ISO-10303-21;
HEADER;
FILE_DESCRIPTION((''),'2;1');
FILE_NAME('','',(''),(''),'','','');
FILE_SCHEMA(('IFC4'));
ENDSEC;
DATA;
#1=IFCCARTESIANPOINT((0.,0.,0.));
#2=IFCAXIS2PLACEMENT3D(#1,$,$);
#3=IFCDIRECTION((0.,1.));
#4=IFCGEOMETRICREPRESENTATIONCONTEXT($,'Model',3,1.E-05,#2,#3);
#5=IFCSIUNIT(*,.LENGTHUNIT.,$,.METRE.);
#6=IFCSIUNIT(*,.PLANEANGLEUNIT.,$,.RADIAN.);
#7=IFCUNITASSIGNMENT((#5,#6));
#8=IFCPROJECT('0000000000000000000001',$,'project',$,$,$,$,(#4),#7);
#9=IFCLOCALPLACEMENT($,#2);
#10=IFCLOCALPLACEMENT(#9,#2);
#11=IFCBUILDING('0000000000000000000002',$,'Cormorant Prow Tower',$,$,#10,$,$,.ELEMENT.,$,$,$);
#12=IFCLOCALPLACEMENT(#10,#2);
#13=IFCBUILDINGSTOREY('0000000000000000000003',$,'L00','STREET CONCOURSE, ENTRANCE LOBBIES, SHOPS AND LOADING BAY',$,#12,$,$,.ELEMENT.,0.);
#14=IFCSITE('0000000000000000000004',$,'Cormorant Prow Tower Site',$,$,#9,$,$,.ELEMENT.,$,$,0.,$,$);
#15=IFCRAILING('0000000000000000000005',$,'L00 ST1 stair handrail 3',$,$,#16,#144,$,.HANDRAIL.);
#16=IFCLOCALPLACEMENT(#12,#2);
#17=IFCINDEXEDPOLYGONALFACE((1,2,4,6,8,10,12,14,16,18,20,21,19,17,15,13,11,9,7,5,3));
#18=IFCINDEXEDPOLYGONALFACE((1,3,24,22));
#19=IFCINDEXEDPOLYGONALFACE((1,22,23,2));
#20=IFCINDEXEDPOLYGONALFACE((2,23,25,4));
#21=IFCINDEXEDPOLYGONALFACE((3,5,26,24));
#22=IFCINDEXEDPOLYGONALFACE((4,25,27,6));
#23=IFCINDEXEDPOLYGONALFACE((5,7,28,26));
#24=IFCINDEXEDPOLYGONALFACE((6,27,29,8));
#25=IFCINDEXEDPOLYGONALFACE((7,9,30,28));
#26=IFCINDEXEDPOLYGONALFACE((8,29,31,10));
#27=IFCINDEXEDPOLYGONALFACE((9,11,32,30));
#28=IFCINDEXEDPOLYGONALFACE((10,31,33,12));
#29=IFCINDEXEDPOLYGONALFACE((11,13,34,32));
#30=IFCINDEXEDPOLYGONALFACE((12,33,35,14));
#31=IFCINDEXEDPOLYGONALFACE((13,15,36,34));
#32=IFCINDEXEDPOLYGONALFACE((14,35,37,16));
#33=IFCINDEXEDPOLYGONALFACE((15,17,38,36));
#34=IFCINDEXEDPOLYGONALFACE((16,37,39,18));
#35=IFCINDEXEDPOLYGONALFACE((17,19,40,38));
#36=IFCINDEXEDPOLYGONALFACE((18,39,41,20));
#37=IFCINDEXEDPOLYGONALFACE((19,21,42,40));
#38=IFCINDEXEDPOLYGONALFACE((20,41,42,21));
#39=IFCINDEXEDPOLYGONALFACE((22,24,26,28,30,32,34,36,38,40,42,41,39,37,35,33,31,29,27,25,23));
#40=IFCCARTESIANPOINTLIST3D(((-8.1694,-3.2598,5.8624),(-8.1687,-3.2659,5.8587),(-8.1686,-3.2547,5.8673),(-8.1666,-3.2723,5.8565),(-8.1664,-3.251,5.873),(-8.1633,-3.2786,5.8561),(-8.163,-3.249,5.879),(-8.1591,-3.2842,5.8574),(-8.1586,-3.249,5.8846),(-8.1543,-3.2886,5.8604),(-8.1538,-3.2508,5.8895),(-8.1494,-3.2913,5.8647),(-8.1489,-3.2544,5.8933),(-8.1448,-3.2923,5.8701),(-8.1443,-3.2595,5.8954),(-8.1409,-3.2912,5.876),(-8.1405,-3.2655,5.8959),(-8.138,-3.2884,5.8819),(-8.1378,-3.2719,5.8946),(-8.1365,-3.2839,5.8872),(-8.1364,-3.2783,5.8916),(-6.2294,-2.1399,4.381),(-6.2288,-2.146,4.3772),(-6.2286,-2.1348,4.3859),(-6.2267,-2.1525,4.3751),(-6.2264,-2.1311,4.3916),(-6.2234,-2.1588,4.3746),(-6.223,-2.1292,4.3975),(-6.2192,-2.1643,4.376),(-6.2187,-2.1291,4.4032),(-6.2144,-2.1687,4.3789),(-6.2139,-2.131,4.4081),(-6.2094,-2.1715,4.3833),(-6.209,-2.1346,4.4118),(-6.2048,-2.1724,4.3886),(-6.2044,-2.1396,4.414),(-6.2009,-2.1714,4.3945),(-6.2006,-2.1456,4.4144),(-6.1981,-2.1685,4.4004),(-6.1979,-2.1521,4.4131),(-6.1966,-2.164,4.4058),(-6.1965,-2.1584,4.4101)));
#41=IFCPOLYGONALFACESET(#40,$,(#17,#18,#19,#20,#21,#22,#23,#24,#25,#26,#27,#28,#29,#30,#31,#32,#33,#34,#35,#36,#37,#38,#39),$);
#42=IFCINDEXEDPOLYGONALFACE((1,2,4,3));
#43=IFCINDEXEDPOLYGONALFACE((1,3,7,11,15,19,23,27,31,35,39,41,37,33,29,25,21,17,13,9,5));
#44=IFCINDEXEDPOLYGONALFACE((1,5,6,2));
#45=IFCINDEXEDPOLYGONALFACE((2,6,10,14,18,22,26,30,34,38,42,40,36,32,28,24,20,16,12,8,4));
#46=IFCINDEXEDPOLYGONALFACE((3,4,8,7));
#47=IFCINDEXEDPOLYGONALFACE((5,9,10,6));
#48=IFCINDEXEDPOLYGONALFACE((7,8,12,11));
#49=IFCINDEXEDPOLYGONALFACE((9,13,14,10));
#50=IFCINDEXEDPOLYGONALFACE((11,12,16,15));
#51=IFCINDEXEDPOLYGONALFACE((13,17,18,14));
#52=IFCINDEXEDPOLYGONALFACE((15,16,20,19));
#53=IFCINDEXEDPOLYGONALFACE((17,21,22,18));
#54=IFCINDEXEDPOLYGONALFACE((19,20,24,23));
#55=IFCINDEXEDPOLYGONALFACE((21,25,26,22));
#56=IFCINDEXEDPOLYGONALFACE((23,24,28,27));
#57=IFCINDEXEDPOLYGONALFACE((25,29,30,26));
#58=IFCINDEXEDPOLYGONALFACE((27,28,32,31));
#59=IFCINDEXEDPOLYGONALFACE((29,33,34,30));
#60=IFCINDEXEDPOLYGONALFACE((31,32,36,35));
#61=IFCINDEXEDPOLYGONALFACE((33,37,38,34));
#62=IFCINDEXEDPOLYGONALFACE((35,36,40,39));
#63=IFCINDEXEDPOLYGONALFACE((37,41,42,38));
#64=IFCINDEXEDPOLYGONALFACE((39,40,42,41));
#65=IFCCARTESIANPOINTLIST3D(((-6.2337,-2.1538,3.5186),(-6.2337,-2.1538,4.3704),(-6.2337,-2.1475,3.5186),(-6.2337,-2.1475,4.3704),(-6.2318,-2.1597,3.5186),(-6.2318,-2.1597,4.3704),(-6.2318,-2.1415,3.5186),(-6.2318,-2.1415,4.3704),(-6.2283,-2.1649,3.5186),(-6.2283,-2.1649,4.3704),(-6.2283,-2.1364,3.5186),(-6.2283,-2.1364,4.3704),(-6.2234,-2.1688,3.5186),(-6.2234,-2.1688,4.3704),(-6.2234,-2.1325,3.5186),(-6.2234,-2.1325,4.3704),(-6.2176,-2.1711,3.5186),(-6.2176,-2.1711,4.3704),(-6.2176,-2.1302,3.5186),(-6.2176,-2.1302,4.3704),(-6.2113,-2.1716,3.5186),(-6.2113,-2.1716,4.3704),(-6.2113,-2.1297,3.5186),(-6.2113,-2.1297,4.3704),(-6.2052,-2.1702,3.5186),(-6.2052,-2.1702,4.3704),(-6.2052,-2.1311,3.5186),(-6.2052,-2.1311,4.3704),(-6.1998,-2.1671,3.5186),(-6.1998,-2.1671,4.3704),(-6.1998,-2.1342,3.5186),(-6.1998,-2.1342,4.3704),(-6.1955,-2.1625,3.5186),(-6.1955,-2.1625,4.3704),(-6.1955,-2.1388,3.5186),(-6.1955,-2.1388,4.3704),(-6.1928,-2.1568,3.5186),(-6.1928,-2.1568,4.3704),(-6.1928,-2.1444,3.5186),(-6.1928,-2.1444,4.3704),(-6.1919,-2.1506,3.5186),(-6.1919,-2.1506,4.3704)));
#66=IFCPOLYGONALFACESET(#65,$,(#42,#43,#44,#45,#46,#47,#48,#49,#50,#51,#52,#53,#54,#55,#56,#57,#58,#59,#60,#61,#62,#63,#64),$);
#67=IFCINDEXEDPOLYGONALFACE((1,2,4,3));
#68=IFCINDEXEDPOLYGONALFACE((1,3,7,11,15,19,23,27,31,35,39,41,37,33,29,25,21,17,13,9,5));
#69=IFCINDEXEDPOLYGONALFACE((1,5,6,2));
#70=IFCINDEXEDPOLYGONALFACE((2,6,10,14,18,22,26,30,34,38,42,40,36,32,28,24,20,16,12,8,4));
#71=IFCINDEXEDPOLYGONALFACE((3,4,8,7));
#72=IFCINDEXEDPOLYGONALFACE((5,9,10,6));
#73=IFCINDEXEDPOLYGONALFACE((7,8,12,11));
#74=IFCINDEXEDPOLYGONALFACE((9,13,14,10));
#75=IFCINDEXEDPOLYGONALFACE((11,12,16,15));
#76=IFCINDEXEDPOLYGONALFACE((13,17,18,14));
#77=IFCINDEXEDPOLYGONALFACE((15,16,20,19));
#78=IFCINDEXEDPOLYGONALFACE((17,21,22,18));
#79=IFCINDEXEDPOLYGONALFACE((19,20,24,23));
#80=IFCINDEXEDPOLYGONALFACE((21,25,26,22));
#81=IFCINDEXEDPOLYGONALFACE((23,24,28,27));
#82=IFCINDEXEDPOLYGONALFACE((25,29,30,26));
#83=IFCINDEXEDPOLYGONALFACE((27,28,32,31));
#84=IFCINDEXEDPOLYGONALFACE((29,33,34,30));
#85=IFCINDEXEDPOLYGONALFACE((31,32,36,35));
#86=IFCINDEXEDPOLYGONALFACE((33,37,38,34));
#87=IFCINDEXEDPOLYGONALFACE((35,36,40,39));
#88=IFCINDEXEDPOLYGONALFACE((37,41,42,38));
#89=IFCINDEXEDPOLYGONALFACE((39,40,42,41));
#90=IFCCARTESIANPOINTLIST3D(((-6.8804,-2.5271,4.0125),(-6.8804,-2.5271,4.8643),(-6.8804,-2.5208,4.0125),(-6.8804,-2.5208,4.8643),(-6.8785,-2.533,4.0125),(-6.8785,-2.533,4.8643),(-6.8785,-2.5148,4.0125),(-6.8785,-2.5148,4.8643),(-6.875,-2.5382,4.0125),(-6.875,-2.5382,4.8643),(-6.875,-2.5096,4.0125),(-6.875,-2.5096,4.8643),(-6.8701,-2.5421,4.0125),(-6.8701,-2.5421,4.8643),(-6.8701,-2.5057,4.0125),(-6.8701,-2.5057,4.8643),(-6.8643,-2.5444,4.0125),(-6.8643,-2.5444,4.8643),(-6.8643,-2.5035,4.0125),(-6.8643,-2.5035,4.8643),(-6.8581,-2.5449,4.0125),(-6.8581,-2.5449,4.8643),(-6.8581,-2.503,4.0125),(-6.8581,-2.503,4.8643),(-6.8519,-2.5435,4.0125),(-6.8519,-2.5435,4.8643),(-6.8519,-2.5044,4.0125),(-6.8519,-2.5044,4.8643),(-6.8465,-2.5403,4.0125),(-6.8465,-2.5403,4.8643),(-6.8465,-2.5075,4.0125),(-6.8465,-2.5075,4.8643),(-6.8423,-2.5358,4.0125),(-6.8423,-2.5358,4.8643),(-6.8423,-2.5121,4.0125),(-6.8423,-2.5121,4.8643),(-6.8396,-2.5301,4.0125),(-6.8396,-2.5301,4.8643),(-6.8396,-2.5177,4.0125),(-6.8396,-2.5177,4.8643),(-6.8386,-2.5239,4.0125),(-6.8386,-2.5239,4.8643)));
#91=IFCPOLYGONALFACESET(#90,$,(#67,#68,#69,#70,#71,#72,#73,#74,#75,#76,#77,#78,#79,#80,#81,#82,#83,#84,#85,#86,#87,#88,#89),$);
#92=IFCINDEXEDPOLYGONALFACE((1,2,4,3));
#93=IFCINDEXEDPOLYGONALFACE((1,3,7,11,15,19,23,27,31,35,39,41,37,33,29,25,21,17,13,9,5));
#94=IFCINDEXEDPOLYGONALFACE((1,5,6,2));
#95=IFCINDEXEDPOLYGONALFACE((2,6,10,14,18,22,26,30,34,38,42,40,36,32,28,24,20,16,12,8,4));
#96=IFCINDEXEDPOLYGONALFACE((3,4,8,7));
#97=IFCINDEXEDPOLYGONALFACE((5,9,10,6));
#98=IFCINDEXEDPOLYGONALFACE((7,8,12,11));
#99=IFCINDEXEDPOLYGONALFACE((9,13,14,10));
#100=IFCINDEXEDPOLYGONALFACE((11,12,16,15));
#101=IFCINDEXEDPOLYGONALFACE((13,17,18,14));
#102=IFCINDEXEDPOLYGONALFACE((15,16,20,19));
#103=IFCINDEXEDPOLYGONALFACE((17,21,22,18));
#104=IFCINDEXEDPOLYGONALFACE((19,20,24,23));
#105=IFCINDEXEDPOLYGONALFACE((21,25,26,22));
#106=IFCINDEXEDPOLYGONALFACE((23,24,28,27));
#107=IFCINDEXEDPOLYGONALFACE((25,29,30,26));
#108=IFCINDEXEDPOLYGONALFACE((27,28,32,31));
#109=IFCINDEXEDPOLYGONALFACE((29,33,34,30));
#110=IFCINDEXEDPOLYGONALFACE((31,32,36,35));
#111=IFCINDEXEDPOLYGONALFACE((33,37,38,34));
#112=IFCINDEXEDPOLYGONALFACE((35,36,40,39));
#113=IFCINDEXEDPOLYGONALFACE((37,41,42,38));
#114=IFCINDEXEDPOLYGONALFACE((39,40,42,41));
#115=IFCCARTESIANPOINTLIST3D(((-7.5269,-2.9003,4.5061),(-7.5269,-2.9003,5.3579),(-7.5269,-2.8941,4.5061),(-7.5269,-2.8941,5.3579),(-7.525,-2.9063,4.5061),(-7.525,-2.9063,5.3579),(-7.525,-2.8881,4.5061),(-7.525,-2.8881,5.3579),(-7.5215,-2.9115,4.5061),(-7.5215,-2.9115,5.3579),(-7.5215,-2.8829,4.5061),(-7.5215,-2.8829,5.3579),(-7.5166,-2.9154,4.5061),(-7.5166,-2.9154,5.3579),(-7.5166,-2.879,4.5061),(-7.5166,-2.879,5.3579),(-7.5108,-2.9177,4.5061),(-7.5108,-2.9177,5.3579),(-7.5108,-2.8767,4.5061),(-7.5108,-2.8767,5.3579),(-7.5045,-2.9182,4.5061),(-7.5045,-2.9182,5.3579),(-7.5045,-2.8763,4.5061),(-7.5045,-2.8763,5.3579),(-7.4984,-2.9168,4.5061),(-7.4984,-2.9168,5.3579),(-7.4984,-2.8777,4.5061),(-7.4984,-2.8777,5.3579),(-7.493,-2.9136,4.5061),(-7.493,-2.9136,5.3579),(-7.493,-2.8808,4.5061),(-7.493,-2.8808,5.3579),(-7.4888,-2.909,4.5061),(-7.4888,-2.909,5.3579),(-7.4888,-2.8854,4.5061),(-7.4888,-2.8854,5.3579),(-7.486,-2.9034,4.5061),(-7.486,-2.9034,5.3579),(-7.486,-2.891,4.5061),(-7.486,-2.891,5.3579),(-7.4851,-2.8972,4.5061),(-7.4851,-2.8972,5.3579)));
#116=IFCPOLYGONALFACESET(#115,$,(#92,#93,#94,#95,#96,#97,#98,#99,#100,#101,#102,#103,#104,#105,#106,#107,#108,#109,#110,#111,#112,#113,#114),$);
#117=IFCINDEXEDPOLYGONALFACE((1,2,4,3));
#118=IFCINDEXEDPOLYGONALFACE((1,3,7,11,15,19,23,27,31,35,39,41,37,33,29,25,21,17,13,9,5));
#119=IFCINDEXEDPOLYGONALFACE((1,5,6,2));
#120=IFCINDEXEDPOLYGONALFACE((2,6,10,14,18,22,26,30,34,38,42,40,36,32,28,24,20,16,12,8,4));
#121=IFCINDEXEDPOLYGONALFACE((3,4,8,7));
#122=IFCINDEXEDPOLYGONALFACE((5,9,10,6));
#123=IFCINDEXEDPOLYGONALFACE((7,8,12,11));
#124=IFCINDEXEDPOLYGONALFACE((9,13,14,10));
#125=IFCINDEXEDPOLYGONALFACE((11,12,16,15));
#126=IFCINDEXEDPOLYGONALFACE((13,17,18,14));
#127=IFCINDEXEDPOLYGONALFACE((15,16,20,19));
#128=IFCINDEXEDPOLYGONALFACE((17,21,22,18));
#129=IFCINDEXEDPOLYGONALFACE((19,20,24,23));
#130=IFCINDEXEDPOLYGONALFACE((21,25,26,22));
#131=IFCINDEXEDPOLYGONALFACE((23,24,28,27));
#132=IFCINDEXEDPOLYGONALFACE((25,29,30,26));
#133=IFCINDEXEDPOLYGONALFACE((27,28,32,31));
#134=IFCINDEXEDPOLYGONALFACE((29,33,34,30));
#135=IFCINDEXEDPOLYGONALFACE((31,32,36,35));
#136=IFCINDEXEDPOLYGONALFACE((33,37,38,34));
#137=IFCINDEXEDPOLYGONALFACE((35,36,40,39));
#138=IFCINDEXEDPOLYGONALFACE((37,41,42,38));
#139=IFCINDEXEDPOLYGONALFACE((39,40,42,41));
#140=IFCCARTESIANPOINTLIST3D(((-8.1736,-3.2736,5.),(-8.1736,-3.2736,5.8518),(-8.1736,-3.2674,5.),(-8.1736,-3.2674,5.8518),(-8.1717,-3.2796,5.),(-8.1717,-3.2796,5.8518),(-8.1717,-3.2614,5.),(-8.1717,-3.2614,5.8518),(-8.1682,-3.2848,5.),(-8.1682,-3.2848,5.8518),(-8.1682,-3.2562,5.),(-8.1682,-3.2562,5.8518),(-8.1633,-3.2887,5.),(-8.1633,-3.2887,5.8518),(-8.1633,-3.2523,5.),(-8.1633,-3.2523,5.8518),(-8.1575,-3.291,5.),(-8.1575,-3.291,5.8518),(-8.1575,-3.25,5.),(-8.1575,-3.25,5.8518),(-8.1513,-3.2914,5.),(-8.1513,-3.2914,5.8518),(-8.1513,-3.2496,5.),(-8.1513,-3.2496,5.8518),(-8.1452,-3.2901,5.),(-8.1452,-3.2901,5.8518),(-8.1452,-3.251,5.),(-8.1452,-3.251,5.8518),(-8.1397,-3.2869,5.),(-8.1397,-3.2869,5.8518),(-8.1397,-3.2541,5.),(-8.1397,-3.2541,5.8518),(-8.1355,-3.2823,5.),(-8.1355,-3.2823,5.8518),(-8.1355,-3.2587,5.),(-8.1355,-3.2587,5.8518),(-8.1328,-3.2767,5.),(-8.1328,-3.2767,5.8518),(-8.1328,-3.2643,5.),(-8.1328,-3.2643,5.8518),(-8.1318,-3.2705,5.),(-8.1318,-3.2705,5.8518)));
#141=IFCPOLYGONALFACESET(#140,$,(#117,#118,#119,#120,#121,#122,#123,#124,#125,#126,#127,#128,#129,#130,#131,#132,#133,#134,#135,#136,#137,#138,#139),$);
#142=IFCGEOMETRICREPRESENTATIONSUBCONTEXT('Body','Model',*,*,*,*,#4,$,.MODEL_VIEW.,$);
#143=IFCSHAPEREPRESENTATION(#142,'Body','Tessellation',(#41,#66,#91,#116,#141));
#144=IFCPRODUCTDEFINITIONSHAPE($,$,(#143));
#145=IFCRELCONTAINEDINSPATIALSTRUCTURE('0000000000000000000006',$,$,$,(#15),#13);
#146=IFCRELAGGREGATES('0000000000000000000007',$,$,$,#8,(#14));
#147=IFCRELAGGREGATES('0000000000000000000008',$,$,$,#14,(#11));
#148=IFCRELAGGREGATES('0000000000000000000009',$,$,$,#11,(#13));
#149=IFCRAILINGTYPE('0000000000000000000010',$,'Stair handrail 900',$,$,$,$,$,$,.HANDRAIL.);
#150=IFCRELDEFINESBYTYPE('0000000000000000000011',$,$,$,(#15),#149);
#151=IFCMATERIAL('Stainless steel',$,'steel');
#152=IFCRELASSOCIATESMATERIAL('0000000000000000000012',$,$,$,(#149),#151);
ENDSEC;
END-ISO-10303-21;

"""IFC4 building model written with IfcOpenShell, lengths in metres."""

from ifc_helpers import new_model, si_unit, direction, frame, origin, origin_2d, place, context, subcontext, project, spatial, circle, extrude, material, type_object, element, save


model = new_model("IFC4")

# Units and contexts
model_context = context("Model", 3, precision=1e-05, world=origin(), true_north=direction((0.0, 1.0)))
body_context = subcontext(model_context, "Body", "Model", "MODEL_VIEW")
ifc_project = project(units=[si_unit("LENGTHUNIT", "METRE"), si_unit("PLANEANGLEUNIT", "RADIAN")], contexts=[model_context])

# Site, building, storey
site_placement = place(None, origin())
site = spatial("IfcSite", under=ifc_project, at=site_placement, Name="Cormorant Prow Tower Site", CompositionType="ELEMENT", RefElevation=0.0)
building_placement = place(site_placement, origin())
building = spatial("IfcBuilding", under=site, at=building_placement, Name="Cormorant Prow Tower", CompositionType="ELEMENT")
storey_placement = place(building_placement, origin())
storey = spatial("IfcBuildingStorey", under=building, at=storey_placement, Name="L00", Description="STREET CONCOURSE, ENTRANCE LOBBIES, SHOPS AND LOADING BAY", CompositionType="ELEMENT", Elevation=0.0)

# Railing
ifc_material_1 = material(Name="Stainless steel", Category="steel")
railing_type_1 = type_object("IfcRailingType", Name="Stair handrail 900", PredefinedType="HANDRAIL", material=ifc_material_1)
railing_1_placement = place(storey_placement, frame((-6.2129, -2.1506, 3.5186)))
element("IfcRailing", 1, at=railing_1_placement, inside=storey, type_object=railing_type_1, Name="L00 ST1 stair handrail 3", PredefinedType="HANDRAIL", context=body_context, shape_type="SweptSolid", body=[
    extrude(circle(Radius=0.0239, at=origin_2d()), frame((0.0, 0.0, 0.876), z_axis=(-0.722363, -0.417, 0.551636), x_axis=(0.499949, -0.866055, 0.0)), (0.0, 0.0, 1.0), 2.6855),
    extrude(circle(Radius=0.021, at=origin_2d()), origin(), (0.0, 0.0, 1.0), 0.8518),
    extrude(circle(Radius=0.021, at=origin_2d()), frame((-0.6467, -0.3733, 0.4939)), (0.0, 0.0, 1.0), 0.8518),
    extrude(circle(Radius=0.021, at=origin_2d()), frame((-1.2932, -0.7466, 0.9875)), (0.0, 0.0, 1.0), 0.8518),
    extrude(circle(Radius=0.021, at=origin_2d()), frame((-1.9399, -1.1199, 1.4814)), (0.0, 0.0, 1.0), 0.8518),
])

save(model, "model.ifc")
